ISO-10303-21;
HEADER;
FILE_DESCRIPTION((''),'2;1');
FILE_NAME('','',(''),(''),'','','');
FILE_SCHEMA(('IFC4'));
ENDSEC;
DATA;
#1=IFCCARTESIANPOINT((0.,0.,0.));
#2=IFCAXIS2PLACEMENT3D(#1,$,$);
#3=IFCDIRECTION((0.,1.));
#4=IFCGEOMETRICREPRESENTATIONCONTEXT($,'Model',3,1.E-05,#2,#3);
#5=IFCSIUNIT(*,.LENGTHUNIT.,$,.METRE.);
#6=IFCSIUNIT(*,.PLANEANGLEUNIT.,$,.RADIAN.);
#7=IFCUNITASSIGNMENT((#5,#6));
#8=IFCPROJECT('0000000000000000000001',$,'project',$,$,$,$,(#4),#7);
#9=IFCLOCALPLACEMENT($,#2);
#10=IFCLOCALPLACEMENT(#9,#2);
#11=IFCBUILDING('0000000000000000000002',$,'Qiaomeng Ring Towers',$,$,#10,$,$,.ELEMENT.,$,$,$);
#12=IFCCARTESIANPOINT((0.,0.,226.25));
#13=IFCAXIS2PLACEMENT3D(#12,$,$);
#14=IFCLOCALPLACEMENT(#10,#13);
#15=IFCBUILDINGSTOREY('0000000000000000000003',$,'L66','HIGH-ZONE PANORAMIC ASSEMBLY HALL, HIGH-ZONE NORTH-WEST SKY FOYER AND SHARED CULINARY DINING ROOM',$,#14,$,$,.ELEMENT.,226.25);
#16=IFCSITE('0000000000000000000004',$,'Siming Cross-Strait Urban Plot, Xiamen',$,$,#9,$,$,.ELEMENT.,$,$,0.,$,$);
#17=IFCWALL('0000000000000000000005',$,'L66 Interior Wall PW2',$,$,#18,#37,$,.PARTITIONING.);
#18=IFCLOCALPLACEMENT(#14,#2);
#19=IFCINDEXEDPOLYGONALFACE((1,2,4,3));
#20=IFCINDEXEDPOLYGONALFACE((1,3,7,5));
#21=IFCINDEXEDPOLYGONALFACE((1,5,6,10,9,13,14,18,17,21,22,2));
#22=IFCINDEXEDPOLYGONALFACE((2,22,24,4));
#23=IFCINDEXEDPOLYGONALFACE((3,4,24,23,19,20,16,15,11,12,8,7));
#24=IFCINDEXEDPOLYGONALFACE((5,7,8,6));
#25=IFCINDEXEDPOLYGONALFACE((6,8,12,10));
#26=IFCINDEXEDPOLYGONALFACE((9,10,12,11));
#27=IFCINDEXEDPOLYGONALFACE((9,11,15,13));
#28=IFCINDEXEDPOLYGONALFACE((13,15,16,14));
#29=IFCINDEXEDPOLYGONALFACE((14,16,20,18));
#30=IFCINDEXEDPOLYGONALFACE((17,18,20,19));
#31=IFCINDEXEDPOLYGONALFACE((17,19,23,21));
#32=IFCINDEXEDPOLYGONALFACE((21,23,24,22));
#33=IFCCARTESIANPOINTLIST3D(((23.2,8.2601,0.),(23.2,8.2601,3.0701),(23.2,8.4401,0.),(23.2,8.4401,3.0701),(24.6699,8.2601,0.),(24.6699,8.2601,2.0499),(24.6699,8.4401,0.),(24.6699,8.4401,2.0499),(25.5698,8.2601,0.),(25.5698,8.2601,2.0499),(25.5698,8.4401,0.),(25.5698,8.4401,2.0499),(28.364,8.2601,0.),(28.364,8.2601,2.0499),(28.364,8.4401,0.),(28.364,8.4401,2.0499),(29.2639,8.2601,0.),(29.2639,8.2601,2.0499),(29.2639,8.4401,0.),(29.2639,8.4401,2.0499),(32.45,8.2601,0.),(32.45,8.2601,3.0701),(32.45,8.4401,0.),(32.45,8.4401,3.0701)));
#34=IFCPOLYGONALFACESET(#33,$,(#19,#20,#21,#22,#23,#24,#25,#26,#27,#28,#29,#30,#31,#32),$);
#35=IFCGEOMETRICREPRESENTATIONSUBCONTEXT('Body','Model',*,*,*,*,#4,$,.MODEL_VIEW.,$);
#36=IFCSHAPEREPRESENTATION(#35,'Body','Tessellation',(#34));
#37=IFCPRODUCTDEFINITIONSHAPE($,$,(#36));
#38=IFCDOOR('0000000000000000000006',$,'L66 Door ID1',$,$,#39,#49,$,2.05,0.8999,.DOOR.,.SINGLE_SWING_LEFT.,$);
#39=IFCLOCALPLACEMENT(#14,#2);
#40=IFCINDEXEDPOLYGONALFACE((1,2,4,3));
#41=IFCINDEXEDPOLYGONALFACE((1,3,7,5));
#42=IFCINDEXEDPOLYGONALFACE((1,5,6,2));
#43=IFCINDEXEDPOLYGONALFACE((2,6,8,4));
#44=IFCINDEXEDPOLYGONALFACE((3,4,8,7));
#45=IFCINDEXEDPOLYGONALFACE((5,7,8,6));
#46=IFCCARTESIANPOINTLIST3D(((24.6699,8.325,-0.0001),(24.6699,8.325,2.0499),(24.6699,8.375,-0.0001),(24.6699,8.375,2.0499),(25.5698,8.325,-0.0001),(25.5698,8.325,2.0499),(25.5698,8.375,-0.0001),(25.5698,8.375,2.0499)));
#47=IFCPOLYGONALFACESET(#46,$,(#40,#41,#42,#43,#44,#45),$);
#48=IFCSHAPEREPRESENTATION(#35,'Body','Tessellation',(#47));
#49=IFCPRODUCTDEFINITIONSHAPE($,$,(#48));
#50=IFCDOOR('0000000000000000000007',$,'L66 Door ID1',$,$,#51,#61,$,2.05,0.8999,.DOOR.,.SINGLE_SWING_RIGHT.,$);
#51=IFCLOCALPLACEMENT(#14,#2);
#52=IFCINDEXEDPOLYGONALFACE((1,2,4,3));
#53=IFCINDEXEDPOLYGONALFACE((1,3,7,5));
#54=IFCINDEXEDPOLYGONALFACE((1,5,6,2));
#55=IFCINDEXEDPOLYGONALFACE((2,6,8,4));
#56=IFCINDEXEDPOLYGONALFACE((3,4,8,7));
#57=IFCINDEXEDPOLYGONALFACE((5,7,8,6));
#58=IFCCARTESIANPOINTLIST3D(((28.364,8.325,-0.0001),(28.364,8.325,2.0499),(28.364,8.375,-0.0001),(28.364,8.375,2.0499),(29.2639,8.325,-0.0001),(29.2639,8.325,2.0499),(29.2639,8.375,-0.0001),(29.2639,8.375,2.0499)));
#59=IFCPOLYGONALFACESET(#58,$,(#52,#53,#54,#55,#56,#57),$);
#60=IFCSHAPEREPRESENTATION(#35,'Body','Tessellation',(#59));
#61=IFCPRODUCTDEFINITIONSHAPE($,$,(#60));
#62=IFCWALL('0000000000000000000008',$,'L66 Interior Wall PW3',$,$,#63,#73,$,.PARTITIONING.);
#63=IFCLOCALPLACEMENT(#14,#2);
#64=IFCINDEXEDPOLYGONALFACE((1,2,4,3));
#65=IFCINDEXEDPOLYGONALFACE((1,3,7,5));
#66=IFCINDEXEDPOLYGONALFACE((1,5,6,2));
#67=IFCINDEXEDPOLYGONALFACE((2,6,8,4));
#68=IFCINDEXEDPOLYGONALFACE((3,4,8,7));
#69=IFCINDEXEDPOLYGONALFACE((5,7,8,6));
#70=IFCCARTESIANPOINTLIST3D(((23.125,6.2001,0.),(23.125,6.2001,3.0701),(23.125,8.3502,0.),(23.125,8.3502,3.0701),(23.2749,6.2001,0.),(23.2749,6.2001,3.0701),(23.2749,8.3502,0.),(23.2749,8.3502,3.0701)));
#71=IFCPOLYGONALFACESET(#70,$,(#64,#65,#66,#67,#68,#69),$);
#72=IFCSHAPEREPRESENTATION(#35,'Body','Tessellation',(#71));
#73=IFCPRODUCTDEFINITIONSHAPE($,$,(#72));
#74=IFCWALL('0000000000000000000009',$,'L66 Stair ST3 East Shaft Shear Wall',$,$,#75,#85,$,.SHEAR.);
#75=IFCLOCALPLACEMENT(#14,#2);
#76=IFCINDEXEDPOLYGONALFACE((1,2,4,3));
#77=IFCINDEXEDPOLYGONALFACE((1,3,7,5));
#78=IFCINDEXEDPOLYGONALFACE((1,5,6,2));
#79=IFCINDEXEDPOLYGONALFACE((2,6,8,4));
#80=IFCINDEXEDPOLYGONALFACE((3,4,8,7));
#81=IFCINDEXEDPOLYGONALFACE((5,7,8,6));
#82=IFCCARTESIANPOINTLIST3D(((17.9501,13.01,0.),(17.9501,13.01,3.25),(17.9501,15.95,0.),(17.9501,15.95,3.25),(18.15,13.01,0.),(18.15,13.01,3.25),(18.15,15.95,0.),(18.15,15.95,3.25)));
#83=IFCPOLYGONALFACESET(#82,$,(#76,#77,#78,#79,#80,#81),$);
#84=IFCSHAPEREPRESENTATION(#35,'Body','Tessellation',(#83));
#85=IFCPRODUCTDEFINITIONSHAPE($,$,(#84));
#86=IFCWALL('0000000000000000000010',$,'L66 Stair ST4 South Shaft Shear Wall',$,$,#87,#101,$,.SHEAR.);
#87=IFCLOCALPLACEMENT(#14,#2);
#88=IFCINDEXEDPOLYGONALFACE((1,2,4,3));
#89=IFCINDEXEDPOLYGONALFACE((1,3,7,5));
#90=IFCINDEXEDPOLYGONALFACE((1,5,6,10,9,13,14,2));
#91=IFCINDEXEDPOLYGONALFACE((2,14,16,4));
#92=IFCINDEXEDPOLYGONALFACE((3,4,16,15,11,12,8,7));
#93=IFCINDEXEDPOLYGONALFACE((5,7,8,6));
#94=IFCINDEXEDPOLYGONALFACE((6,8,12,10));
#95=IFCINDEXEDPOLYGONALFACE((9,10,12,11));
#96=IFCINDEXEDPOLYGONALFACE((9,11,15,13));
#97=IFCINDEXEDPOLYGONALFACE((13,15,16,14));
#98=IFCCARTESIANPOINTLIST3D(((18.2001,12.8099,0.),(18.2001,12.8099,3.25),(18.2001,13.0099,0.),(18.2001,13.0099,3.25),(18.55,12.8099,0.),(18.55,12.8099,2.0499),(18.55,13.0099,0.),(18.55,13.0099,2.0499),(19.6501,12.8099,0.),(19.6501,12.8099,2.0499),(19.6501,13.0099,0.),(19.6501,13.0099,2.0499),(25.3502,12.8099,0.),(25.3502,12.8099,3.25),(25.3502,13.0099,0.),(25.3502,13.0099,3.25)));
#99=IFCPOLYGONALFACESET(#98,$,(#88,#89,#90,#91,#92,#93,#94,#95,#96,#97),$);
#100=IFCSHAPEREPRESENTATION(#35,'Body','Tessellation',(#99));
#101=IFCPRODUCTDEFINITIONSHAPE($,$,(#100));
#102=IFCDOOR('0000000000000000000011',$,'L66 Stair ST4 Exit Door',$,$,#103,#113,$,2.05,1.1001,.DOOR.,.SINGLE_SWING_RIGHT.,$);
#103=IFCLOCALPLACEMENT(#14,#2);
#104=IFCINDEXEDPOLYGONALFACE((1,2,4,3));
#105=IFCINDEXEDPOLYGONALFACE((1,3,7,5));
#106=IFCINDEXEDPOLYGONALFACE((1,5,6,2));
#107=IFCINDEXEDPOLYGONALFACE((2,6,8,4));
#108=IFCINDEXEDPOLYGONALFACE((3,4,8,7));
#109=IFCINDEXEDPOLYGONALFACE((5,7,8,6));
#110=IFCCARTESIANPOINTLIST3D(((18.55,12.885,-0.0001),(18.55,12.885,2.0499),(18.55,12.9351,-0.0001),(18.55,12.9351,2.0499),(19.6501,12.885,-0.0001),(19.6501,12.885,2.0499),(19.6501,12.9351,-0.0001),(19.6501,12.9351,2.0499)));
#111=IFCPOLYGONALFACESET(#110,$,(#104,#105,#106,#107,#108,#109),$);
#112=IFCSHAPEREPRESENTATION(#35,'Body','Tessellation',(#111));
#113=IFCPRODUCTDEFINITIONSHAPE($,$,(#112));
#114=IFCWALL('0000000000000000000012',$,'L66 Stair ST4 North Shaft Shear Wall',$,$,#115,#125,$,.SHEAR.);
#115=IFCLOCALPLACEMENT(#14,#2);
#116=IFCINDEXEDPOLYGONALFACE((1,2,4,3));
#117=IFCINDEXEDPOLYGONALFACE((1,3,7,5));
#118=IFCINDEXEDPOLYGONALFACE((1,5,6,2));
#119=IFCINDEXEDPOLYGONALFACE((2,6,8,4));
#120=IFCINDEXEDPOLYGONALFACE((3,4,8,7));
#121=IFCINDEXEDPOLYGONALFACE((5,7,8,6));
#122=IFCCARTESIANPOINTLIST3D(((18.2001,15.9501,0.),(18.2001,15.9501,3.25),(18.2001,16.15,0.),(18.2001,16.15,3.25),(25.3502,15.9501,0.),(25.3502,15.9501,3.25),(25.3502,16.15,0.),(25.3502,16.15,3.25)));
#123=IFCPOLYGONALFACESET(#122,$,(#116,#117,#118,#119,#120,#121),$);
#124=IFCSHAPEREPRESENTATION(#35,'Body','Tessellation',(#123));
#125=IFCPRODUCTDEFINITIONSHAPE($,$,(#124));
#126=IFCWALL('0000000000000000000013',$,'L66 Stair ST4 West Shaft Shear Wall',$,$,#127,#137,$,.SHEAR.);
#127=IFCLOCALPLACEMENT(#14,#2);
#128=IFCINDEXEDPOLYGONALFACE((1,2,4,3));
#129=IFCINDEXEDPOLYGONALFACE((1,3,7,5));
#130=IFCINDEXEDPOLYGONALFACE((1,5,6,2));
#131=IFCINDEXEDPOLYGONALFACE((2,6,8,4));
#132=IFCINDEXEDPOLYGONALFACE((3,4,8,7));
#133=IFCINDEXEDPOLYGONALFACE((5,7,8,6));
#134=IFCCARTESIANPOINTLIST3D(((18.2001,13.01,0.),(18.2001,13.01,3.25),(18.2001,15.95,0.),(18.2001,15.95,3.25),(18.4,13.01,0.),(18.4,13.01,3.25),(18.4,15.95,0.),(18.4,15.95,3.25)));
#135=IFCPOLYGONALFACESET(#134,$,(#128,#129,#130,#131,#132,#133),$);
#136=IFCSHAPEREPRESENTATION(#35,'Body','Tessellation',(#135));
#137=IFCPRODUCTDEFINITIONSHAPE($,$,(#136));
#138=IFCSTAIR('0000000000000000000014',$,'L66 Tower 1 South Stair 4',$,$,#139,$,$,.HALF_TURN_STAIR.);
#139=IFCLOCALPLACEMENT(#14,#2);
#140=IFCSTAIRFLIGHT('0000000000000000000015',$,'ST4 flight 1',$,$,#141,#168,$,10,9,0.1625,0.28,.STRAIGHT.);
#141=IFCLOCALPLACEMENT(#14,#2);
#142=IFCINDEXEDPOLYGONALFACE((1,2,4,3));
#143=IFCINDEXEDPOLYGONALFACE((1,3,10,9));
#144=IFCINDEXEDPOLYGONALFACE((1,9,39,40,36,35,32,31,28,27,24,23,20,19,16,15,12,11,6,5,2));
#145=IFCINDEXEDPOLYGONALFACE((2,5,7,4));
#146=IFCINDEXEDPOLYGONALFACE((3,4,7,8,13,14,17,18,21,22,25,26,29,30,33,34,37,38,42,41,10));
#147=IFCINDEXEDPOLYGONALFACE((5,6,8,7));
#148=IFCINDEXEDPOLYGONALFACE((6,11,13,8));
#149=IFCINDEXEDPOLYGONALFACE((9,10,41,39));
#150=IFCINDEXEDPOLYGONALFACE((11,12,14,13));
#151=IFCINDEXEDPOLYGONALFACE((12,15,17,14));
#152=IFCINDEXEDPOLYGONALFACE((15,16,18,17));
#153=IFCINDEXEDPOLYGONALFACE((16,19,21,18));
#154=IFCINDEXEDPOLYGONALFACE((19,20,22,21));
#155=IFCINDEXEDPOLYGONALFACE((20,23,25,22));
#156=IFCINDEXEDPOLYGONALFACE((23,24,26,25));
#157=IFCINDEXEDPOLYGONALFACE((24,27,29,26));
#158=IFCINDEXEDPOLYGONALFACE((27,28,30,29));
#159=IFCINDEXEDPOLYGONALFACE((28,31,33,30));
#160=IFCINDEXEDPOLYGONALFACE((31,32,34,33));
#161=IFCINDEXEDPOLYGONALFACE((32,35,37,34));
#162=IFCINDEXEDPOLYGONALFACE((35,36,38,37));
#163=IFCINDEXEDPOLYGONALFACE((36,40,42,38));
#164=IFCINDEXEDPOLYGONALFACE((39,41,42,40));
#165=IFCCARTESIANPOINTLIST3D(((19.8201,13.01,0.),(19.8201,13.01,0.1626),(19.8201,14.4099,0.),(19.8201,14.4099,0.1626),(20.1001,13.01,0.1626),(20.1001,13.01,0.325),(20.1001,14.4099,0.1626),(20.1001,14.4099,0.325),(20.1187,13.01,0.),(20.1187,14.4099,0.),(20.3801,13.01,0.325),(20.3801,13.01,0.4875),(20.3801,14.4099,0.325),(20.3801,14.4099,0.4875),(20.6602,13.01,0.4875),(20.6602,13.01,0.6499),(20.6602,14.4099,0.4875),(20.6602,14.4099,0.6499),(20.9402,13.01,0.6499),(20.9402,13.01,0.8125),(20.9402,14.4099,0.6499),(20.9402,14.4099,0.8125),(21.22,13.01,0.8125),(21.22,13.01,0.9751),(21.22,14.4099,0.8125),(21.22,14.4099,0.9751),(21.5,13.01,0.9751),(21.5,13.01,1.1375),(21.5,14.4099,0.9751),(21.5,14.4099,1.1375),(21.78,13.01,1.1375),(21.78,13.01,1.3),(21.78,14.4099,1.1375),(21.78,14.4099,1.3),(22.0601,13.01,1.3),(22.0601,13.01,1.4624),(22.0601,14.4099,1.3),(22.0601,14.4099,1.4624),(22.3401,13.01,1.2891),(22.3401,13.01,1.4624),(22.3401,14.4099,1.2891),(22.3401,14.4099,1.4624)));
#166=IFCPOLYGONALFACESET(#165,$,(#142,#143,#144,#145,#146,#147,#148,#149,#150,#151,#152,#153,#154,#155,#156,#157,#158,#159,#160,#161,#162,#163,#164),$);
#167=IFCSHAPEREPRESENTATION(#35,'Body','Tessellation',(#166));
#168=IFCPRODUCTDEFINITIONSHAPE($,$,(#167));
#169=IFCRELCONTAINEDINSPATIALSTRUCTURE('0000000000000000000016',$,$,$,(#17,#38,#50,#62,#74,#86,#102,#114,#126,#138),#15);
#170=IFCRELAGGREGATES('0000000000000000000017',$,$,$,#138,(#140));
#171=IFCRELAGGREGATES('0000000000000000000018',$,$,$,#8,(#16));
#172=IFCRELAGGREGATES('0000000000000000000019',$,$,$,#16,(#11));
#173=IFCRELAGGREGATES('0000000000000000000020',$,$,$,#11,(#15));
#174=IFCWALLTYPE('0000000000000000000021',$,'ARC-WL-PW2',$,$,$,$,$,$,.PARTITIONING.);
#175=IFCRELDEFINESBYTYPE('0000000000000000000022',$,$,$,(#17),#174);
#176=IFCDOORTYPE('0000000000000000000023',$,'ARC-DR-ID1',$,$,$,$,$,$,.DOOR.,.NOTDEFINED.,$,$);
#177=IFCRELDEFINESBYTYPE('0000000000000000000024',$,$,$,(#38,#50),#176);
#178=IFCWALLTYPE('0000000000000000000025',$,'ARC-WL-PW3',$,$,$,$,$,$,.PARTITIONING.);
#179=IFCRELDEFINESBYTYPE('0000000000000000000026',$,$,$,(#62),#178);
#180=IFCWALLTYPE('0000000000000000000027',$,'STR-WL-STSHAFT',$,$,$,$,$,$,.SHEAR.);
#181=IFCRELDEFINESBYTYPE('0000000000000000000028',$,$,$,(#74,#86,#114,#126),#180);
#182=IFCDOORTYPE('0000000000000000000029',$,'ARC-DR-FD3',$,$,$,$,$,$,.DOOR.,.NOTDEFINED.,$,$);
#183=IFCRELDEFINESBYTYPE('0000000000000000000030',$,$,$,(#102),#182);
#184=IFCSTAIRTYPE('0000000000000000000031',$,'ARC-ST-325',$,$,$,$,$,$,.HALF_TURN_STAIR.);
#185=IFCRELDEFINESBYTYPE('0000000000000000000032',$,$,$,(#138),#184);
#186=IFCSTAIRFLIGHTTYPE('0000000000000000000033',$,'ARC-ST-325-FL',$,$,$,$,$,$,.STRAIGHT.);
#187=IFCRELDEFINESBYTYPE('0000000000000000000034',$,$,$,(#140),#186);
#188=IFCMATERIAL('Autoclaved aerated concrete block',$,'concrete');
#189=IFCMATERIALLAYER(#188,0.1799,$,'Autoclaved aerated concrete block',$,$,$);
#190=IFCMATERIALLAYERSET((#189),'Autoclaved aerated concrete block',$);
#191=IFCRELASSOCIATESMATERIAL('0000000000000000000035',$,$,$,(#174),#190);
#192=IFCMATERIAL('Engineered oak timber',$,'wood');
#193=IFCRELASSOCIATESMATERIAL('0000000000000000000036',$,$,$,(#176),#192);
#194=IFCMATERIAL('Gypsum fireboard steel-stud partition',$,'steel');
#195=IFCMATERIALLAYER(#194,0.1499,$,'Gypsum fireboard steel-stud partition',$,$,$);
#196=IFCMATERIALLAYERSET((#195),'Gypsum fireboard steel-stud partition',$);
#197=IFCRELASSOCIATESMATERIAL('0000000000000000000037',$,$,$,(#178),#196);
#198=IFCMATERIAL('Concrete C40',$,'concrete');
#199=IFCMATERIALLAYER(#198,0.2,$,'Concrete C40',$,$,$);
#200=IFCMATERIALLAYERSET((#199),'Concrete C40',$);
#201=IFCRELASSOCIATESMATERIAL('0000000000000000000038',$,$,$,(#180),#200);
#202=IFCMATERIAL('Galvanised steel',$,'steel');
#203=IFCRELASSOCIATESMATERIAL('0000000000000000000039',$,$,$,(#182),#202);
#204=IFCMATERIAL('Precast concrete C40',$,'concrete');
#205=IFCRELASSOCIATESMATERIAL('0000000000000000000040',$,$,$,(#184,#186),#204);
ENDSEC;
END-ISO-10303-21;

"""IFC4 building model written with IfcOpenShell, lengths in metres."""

from ifc_helpers import new_model, si_unit, direction, frame, frame_2d, origin, place, context, subcontext, project, spatial, polyline, rectangle, outline, extrude, source, transform, mapped, material, layer, layer_set, type_object, element, fill, aggregate, save


model = new_model("IFC4")

# Units and contexts
model_context = context("Model", 3, precision=1e-05, world=origin(), true_north=direction((0.0, 1.0)))
body_context = subcontext(model_context, "Body", "Model", "MODEL_VIEW")
ifc_project = project(units=[si_unit("LENGTHUNIT", "METRE"), si_unit("PLANEANGLEUNIT", "RADIAN")], contexts=[model_context])

# Site, building, storey
site_placement = place(None, origin())
site = spatial("IfcSite", under=ifc_project, at=site_placement, Name="Siming Cross-Strait Urban Plot, Xiamen", CompositionType="ELEMENT", RefElevation=0.0)
building_placement = place(site_placement, origin())
building = spatial("IfcBuilding", under=site, at=building_placement, Name="Qiaomeng Ring Towers", CompositionType="ELEMENT")
storey_placement = place(building_placement, frame((0.0, 0.0, 226.25)))
storey = spatial("IfcBuildingStorey", under=building, at=storey_placement, Name="L66", Description="HIGH-ZONE PANORAMIC ASSEMBLY HALL, HIGH-ZONE NORTH-WEST SKY FOYER AND SHARED CULINARY DINING ROOM", CompositionType="ELEMENT", Elevation=226.25)

# Shared definitions
ifc_material_1 = material(Name="Autoclaved aerated concrete block", Category="concrete")

# Wall, openings, doors
ifc_layer_1 = layer(ifc_material_1, 0.1799, Name="Autoclaved aerated concrete block")
ifc_layer_set_1 = layer_set([ifc_layer_1], Name="Autoclaved aerated concrete block")
wall_type_1 = type_object("IfcWallType", Name="ARC-WL-PW2", PredefinedType="PARTITIONING", material=ifc_layer_set_1)
wall_1_placement = place(storey_placement, frame((23.2, 8.3501, 0.0), z_axis=(0.0, 0.0, 1.0), x_axis=(1.0, 0.0, 0.0)))
wall_1 = element("IfcWall", 1, at=wall_1_placement, inside=storey, type_object=wall_type_1, Name="L66 Interior Wall PW2", PredefinedType="PARTITIONING", context=body_context, shape_type="SweptSolid", body=[
    extrude(rectangle(XDim=9.25, YDim=0.1799, at=frame_2d((4.625, 0.0))), origin(), (0.0, 0.0, 1.0), 3.0701),
])
opening_1_placement = place(wall_1_placement, frame((1.47, 0.0, 0.0)))
opening_1 = element("IfcOpeningElement", 2, at=opening_1_placement, cuts=wall_1, PredefinedType="OPENING", context=body_context, shape_type="SweptSolid", body=[
    extrude(rectangle(XDim=0.8999, YDim=2.05, at=frame_2d((0.45, 1.0249))), frame((0.0, 0.0999, 0.0), z_axis=(0.0, -1.0, 0.0), x_axis=(1.0, 0.0, 0.0)), (0.0, 0.0, 1.0), 0.2),
])
opening_2_placement = place(wall_1_placement, frame((5.1641, 0.0, 0.0)))
opening_2 = element("IfcOpeningElement", 3, at=opening_2_placement, cuts=wall_1, PredefinedType="OPENING", context=body_context, shape_type="SweptSolid", body=[
    extrude(rectangle(XDim=0.8999, YDim=2.05, at=frame_2d((0.45, 1.0249))), frame((0.0, 0.0999, 0.0), z_axis=(0.0, -1.0, 0.0), x_axis=(1.0, 0.0, 0.0)), (0.0, 0.0, 1.0), 0.2),
])
ifc_material_2 = material(Name="Engineered oak timber", Category="wood")
door_type_1 = type_object("IfcDoorType", Name="ARC-DR-ID1", OperationType="NOTDEFINED", PredefinedType="DOOR", material=ifc_material_2)
shared_shape_1 = source(origin(), body_context, "Body", "SweptSolid", [
    extrude(rectangle(XDim=0.8999, YDim=2.05, at=frame_2d((0.45, 1.0249))), frame((0.0, 0.0249, 0.0), z_axis=(0.0, -1.0, 0.0), x_axis=(1.0, 0.0, 0.0)), (0.0, 0.0, 1.0), 0.05),
])
door_1_placement = place(opening_1_placement, origin())
door_1 = element("IfcDoor", 4, at=door_1_placement, inside=storey, type_object=door_type_1, Name="L66 Door ID1", OperationType="SINGLE_SWING_LEFT", OverallHeight=2.05, OverallWidth=0.8999, PredefinedType="DOOR", context=body_context, shape_type="MappedRepresentation", body=[
    mapped(shared_shape_1, transform((0.0, 0.0, 0.0), x_axis=(1.0, 0.0, 0.0), y_axis=(0.0, 1.0, 0.0), z_axis=(0.0, 0.0, 1.0), scale=1.0)),
])
fill(opening_1, door_1)
door_2_placement = place(opening_2_placement, origin())
door_2 = element("IfcDoor", 5, at=door_2_placement, inside=storey, type_object=door_type_1, Name="L66 Door ID1", OperationType="SINGLE_SWING_RIGHT", OverallHeight=2.05, OverallWidth=0.8999, PredefinedType="DOOR", context=body_context, shape_type="MappedRepresentation", body=[
    mapped(shared_shape_1, transform((0.0, 0.0, 0.0), x_axis=(1.0, 0.0, 0.0), y_axis=(0.0, 1.0, 0.0), z_axis=(0.0, 0.0, 1.0), scale=1.0)),
])
fill(opening_2, door_2)

# Walls
ifc_material_3 = material(Name="Gypsum fireboard steel-stud partition", Category="steel")
ifc_layer_2 = layer(ifc_material_3, 0.1499, Name="Gypsum fireboard steel-stud partition")
ifc_layer_set_2 = layer_set([ifc_layer_2], Name="Gypsum fireboard steel-stud partition")
wall_type_2 = type_object("IfcWallType", Name="ARC-WL-PW3", PredefinedType="PARTITIONING", material=ifc_layer_set_2)
wall_2_placement = place(storey_placement, frame((23.2, 6.2, 0.0), z_axis=(0.0, 0.0, 1.0), x_axis=(0.0, 1.0, 0.0)))
element("IfcWall", 6, at=wall_2_placement, inside=storey, type_object=wall_type_2, Name="L66 Interior Wall PW3", PredefinedType="PARTITIONING", context=body_context, shape_type="SweptSolid", body=[
    extrude(rectangle(XDim=2.1501, YDim=0.1499, at=frame_2d((1.0752, 0.0))), origin(), (0.0, 0.0, 1.0), 3.0701),
])
ifc_material_4 = material(Name="Concrete C40", Category="concrete")
ifc_layer_3 = layer(ifc_material_4, 0.2, Name="Concrete C40")
ifc_layer_set_3 = layer_set([ifc_layer_3], Name="Concrete C40")
wall_type_3 = type_object("IfcWallType", Name="STR-WL-STSHAFT", PredefinedType="SHEAR", material=ifc_layer_set_3)
wall_3_placement = place(storey_placement, frame((18.05, 13.01, 0.0), z_axis=(0.0, 0.0, 1.0), x_axis=(0.0, 1.0, 0.0)))
element("IfcWall", 7, at=wall_3_placement, inside=storey, type_object=wall_type_3, Name="L66 Stair ST3 East Shaft Shear Wall", PredefinedType="SHEAR", context=body_context, shape_type="SweptSolid", body=[
    extrude(rectangle(XDim=2.9399, YDim=0.2, at=frame_2d((1.47, 0.0))), origin(), (0.0, 0.0, 1.0), 3.25),
])

# Wall, opening, door
wall_4_placement = place(storey_placement, frame((18.2, 12.9099, 0.0), z_axis=(0.0, 0.0, 1.0), x_axis=(1.0, 0.0, 0.0)))
wall_4 = element("IfcWall", 8, at=wall_4_placement, inside=storey, type_object=wall_type_3, Name="L66 Stair ST4 South Shaft Shear Wall", PredefinedType="SHEAR", context=body_context, shape_type="SweptSolid", body=[
    extrude(rectangle(XDim=7.1501, YDim=0.2, at=frame_2d((3.5752, 0.0))), origin(), (0.0, 0.0, 1.0), 3.25),
])
opening_3_placement = place(wall_4_placement, frame((0.3501, 0.0, 0.0)))
opening_3 = element("IfcOpeningElement", 9, at=opening_3_placement, cuts=wall_4, PredefinedType="OPENING", context=body_context, shape_type="SweptSolid", body=[
    extrude(rectangle(XDim=1.1001, YDim=2.05, at=frame_2d((0.55, 1.0249))), frame((0.0, 0.1099, 0.0), z_axis=(0.0, -1.0, 0.0), x_axis=(1.0, 0.0, 0.0)), (0.0, 0.0, 1.0), 0.22),
])
ifc_material_5 = material(Name="Galvanised steel", Category="steel")
door_type_2 = type_object("IfcDoorType", Name="ARC-DR-FD3", OperationType="NOTDEFINED", PredefinedType="DOOR", material=ifc_material_5)
shared_shape_2 = source(origin(), body_context, "Body", "SweptSolid", [
    extrude(rectangle(XDim=1.1001, YDim=2.05, at=frame_2d((0.55, 1.0249))), frame((0.0, 0.0249, 0.0), z_axis=(0.0, -1.0, 0.0), x_axis=(1.0, 0.0, 0.0)), (0.0, 0.0, 1.0), 0.05),
])
door_3_placement = place(opening_3_placement, frame((1.1001, 0.0, 0.0), z_axis=(0.0, 0.0, 1.0), x_axis=(-1.0, 0.0, 0.0)))
door_3 = element("IfcDoor", 10, at=door_3_placement, inside=storey, type_object=door_type_2, Name="L66 Stair ST4 Exit Door", OperationType="SINGLE_SWING_RIGHT", OverallHeight=2.05, OverallWidth=1.1001, PredefinedType="DOOR", context=body_context, shape_type="MappedRepresentation", body=[
    mapped(shared_shape_2, transform((0.0, 0.0, 0.0), x_axis=(1.0, 0.0, 0.0), y_axis=(0.0, 1.0, 0.0), z_axis=(0.0, 0.0, 1.0), scale=1.0)),
])
fill(opening_3, door_3)

# Walls
wall_5_placement = place(storey_placement, frame((18.2, 16.05, 0.0), z_axis=(0.0, 0.0, 1.0), x_axis=(1.0, 0.0, 0.0)))
element("IfcWall", 11, at=wall_5_placement, inside=storey, type_object=wall_type_3, Name="L66 Stair ST4 North Shaft Shear Wall", PredefinedType="SHEAR", context=body_context, shape_type="SweptSolid", body=[
    extrude(rectangle(XDim=7.1501, YDim=0.2, at=frame_2d((3.5752, 0.0))), origin(), (0.0, 0.0, 1.0), 3.25),
])
wall_6_placement = place(storey_placement, frame((18.3, 13.01, 0.0), z_axis=(0.0, 0.0, 1.0), x_axis=(0.0, 1.0, 0.0)))
element("IfcWall", 12, at=wall_6_placement, inside=storey, type_object=wall_type_3, Name="L66 Stair ST4 West Shaft Shear Wall", PredefinedType="SHEAR", context=body_context, shape_type="SweptSolid", body=[
    extrude(rectangle(XDim=2.9399, YDim=0.2, at=frame_2d((1.47, 0.0))), origin(), (0.0, 0.0, 1.0), 3.25),
])

# Stair, stair flight
ifc_material_6 = material(Name="Precast concrete C40", Category="concrete")
stair_type = type_object("IfcStairType", Name="ARC-ST-325", PredefinedType="HALF_TURN_STAIR", material=ifc_material_6)
stair_placement = place(storey_placement, origin())
stair = element("IfcStair", 13, at=stair_placement, inside=storey, type_object=stair_type, Name="L66 Tower 1 South Stair 4", PredefinedType="HALF_TURN_STAIR")
stair_flight_type = type_object("IfcStairFlightType", Name="ARC-ST-325-FL", PredefinedType="STRAIGHT", material=ifc_material_6)
shared_shape_3 = source(origin(), body_context, "Body", "SweptSolid", [
    extrude(outline(polyline([(0.0, 0.0), (0.0, 0.1626), (0.28, 0.1626), (0.28, 0.325), (0.5601, 0.325), (0.5601, 0.4875), (0.8401, 0.4875), (0.8401, 0.6499), (1.1201, 0.6499), (1.1201, 0.8125), (1.3999, 0.8125), (1.3999, 0.9751), (1.6799, 0.9751), (1.6799, 1.1375), (1.96, 1.1375), (1.96, 1.3), (2.24, 1.3), (2.24, 1.4624), (2.52, 1.4624), (2.52, 1.625), (2.52, 1.2891), (0.2986, 0.0), (0.0, 0.0)])), frame((0.0, 0.7, 0.0), z_axis=(0.0, -1.0, 0.0), x_axis=(1.0, 0.0, 0.0)), (0.0, 0.0, 1.0), 1.3999),
])
stair_flight_1_placement = place(storey_placement, frame((19.8201, 13.71, 0.0), z_axis=(0.0, 0.0, 1.0), x_axis=(1.0, 0.0, 0.0)))
stair_flight_1 = element("IfcStairFlight", 14, at=stair_flight_1_placement, type_object=stair_flight_type, Name="ST4 flight 1", NumberOfRisers=10, NumberOfTreads=9, PredefinedType="STRAIGHT", RiserHeight=0.1625, TreadLength=0.28, context=body_context, shape_type="MappedRepresentation", body=[
    mapped(shared_shape_3, transform((0.0, 0.0, 0.0), x_axis=(1.0, 0.0, 0.0), y_axis=(0.0, 1.0, 0.0), z_axis=(0.0, 0.0, 1.0), scale=1.0)),
])
aggregate(stair, [stair_flight_1])

save(model, "model.ifc")
